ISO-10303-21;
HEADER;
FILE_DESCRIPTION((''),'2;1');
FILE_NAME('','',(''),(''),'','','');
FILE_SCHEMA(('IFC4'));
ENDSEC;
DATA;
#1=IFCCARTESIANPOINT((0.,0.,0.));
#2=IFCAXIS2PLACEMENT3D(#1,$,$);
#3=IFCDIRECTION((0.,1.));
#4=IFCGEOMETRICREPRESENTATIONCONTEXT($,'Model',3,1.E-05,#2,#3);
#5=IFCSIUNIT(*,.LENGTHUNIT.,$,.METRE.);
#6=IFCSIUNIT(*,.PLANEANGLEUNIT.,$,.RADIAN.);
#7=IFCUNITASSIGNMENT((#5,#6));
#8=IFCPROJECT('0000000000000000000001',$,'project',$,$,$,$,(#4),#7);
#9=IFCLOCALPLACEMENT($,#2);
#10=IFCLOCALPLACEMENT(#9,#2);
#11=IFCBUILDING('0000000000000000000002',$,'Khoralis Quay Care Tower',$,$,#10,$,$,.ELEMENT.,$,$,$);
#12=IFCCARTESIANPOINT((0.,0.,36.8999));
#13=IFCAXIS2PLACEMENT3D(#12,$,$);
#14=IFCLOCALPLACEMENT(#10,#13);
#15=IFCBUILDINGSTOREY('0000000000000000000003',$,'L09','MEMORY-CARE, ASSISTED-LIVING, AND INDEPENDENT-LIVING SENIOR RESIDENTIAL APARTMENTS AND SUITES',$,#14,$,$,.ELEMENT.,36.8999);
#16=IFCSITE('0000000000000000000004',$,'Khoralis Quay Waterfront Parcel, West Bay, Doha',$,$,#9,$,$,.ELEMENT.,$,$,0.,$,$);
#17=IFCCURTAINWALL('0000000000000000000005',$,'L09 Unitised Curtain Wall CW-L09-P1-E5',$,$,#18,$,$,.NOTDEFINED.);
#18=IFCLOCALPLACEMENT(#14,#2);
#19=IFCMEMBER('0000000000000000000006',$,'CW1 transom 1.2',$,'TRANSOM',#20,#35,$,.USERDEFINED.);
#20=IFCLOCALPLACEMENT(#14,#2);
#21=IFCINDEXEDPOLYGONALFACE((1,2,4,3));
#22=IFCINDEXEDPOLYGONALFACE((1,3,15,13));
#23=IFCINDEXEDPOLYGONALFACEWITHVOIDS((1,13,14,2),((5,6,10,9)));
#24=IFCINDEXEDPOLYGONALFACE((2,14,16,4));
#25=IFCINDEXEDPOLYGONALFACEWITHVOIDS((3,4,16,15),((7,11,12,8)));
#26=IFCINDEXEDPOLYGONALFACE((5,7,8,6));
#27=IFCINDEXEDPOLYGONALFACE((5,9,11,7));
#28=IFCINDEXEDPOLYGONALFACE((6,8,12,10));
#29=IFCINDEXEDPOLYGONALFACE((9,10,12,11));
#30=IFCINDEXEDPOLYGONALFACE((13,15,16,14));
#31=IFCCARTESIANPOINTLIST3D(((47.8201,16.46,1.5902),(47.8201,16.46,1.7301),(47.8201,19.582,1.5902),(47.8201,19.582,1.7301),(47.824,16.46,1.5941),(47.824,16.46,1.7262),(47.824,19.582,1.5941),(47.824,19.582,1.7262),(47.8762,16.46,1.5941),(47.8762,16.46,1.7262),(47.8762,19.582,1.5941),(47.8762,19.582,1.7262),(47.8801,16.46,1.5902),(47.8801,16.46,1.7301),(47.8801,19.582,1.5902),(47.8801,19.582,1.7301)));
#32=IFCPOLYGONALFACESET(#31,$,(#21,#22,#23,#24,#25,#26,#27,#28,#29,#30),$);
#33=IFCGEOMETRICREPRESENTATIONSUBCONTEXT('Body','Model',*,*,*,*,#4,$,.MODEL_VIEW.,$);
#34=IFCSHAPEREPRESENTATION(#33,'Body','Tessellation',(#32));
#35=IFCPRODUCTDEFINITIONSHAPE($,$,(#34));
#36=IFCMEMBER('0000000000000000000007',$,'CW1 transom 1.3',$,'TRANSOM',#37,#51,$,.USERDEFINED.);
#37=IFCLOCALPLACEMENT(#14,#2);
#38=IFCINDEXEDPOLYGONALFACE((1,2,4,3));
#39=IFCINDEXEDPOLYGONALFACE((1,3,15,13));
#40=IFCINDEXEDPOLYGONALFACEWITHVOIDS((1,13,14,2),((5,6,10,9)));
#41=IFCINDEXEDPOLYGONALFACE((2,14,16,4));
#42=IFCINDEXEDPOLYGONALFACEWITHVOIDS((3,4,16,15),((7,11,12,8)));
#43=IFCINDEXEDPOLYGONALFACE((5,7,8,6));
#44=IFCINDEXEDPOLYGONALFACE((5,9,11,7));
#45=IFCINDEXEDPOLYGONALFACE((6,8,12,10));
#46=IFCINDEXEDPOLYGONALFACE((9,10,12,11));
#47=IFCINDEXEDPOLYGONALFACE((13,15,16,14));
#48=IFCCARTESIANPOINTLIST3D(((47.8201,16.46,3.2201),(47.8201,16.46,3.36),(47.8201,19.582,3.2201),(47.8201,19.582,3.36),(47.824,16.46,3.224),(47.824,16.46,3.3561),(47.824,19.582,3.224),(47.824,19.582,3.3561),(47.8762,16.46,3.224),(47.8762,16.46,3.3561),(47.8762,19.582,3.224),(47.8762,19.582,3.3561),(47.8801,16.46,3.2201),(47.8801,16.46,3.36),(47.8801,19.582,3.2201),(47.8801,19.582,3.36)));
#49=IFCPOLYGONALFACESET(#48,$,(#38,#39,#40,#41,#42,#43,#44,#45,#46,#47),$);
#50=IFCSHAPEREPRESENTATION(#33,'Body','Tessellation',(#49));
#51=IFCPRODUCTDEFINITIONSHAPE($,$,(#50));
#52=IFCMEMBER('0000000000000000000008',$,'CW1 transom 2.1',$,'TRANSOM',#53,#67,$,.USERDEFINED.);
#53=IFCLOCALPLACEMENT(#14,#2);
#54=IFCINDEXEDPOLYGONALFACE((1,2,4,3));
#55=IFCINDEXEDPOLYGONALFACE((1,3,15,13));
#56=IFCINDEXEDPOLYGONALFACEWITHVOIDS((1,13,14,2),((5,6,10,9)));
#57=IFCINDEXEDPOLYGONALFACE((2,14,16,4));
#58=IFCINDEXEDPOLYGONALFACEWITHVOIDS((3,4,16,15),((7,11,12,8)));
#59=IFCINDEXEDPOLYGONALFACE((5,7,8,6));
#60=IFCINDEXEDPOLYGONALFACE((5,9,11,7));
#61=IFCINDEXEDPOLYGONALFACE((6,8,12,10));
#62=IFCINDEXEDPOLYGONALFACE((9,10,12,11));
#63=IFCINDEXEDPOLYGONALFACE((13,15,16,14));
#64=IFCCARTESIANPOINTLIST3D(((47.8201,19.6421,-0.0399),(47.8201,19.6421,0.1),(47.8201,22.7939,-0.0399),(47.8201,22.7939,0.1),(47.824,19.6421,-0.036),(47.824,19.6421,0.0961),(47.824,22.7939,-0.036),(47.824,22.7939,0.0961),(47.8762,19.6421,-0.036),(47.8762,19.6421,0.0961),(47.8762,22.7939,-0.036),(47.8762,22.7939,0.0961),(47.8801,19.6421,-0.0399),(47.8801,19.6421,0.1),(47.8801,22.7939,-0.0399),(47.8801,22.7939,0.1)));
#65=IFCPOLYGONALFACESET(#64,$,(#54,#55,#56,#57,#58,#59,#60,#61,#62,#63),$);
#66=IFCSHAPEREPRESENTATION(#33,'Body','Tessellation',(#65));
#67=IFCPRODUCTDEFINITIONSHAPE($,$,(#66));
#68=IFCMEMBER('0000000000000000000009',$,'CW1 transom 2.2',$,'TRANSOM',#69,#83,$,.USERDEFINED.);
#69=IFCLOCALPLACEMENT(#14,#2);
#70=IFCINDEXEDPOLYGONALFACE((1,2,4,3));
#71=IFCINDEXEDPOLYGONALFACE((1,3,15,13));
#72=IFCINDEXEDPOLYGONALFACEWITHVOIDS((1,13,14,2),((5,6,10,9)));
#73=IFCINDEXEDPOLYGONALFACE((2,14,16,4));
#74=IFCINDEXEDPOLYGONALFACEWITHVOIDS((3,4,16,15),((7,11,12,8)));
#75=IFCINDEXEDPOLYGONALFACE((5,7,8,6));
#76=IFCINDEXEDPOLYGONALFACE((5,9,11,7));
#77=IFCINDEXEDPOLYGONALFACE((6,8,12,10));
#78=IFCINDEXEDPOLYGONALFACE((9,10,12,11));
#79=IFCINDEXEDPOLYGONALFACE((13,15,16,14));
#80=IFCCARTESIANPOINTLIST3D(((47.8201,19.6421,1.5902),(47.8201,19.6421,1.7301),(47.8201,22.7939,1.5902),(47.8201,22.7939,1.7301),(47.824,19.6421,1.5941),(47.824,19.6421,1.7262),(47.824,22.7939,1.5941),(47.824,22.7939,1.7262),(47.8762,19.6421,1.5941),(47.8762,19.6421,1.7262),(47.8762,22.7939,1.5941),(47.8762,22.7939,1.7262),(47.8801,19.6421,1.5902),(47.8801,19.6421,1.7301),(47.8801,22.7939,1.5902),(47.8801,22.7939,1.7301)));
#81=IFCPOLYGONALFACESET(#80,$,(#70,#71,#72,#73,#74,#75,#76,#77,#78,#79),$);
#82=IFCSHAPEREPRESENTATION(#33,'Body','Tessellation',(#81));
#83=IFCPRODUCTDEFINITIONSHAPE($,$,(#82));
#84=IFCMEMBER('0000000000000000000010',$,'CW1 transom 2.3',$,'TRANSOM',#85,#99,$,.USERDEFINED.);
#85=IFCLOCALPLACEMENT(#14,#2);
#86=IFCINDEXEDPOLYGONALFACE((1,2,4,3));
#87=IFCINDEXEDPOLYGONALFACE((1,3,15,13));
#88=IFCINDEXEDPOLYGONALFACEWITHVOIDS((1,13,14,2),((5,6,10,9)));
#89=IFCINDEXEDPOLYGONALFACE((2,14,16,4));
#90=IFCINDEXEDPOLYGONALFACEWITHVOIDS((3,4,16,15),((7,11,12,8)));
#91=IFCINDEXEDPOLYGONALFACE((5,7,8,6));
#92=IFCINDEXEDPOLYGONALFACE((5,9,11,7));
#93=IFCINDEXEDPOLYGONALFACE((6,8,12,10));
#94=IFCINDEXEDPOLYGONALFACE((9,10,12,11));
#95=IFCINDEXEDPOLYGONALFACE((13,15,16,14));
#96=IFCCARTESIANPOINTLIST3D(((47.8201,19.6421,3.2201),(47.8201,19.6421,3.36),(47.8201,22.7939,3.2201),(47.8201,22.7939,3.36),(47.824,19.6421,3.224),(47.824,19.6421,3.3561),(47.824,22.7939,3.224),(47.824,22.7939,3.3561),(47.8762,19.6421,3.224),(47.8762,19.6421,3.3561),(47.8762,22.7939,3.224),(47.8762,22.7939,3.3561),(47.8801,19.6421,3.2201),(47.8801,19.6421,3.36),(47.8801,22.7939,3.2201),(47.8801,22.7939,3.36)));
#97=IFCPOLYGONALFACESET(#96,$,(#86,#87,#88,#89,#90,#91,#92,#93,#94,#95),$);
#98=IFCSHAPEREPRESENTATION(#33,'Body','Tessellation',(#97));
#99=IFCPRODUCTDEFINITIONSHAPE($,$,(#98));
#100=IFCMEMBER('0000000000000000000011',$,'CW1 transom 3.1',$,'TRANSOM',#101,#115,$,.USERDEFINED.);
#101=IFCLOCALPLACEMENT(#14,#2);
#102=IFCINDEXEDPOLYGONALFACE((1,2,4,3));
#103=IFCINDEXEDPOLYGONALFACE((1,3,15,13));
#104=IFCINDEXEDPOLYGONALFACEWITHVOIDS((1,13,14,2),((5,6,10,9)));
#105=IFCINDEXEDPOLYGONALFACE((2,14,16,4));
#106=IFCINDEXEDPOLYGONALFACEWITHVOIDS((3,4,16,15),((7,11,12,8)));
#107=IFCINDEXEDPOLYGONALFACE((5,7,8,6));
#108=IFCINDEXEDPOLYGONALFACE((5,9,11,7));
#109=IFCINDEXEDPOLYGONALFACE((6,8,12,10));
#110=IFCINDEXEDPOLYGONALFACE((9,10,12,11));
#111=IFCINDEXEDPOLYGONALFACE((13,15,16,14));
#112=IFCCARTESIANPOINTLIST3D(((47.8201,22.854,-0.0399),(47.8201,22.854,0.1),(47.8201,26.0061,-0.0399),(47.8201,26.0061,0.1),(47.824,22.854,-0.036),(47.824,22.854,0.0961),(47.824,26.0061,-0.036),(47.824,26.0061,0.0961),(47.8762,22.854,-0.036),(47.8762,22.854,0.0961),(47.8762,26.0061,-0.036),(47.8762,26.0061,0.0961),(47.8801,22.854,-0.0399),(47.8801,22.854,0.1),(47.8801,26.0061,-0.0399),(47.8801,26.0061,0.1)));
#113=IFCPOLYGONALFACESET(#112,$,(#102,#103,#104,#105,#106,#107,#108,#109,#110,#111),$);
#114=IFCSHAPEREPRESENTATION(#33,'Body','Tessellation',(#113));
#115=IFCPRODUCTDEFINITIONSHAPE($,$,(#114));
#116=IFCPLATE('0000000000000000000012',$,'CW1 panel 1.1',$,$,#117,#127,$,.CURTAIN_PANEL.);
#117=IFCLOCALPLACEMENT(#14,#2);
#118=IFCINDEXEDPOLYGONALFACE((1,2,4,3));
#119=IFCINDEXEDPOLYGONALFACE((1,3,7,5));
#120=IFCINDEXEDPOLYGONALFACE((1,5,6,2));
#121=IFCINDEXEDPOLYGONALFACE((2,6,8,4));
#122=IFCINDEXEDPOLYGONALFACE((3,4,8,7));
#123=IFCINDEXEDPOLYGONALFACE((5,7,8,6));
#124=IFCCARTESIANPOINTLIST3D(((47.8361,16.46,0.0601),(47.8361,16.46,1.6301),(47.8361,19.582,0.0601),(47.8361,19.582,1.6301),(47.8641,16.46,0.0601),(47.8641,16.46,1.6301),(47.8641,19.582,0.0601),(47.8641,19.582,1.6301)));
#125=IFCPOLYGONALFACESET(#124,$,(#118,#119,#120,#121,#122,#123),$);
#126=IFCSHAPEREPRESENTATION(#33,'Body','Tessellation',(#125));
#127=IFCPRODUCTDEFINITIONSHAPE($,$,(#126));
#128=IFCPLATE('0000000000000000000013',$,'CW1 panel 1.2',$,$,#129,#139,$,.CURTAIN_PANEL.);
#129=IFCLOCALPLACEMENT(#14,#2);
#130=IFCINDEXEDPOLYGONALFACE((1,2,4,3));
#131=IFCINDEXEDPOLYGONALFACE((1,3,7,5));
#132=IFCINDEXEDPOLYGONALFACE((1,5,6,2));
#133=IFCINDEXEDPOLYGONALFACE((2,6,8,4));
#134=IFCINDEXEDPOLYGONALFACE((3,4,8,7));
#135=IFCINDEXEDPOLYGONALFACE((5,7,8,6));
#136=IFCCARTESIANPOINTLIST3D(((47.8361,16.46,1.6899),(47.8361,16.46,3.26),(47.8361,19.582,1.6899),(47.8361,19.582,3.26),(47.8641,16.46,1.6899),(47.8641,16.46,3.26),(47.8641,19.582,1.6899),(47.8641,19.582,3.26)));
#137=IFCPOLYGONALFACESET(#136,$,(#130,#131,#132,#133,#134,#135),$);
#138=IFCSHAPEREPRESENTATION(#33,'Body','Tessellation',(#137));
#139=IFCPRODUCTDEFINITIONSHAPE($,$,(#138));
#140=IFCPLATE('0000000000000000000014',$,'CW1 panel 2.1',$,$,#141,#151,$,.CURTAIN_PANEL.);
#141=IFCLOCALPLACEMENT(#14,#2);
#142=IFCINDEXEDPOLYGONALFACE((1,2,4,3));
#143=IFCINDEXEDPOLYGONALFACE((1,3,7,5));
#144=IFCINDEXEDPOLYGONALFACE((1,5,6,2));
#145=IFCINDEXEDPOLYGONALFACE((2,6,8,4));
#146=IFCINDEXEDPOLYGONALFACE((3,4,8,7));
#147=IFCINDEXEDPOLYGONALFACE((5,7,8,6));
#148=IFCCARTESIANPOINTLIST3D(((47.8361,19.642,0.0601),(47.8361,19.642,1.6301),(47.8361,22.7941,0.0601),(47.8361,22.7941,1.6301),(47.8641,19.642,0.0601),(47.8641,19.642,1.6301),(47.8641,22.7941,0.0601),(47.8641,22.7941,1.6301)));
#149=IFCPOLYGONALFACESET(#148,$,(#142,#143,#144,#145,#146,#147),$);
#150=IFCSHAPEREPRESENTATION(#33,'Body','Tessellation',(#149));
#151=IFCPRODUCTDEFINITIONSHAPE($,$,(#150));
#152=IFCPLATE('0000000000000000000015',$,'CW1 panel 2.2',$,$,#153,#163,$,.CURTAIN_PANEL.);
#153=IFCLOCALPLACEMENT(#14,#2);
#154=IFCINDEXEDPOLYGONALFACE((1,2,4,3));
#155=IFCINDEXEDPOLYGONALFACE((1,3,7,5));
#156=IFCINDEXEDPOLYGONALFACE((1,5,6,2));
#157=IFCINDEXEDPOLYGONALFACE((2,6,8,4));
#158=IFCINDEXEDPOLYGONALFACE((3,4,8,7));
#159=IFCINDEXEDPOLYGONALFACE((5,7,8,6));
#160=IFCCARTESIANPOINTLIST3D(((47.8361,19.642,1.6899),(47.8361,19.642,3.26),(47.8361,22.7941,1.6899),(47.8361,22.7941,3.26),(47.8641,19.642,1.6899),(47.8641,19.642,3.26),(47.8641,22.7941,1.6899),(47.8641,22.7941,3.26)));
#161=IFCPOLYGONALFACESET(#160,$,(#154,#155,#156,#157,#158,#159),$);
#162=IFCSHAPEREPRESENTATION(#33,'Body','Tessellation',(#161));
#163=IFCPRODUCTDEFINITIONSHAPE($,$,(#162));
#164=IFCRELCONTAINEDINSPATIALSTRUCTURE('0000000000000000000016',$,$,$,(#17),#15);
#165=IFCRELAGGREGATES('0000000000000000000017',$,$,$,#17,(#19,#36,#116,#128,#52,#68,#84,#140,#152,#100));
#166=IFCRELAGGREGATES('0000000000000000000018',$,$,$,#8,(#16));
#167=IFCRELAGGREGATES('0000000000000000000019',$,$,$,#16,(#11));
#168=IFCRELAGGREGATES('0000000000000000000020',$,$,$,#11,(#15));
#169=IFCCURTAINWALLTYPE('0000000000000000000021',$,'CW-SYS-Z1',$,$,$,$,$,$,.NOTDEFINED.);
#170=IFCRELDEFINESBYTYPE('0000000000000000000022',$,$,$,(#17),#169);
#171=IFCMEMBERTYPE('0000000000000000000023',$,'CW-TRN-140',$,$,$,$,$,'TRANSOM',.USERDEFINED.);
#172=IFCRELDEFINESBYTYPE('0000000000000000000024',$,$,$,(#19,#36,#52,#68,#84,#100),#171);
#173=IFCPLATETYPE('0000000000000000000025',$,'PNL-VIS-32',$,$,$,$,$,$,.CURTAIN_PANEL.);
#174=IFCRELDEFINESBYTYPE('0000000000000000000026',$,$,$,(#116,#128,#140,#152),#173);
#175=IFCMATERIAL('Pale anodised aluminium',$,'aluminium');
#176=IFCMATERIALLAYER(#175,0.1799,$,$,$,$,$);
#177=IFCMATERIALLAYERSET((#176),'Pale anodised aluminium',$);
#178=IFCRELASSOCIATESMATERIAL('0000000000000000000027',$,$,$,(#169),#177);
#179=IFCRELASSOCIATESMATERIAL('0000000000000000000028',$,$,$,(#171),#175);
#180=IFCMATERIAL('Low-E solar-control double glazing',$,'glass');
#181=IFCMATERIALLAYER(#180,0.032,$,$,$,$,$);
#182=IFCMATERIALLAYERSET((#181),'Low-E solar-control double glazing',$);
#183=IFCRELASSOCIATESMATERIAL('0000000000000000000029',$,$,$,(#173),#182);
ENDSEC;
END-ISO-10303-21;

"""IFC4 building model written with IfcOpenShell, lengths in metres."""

from ifc_helpers import new_model, si_unit, direction, frame, origin, origin_2d, place, context, subcontext, project, spatial, rectangle, hollow_rectangle, extrude, source, transform, mapped, material, layer, layer_set, material_profile, profile_set, type_object, element, aggregate, save


model = new_model("IFC4")

# Units and contexts
model_context = context("Model", 3, precision=1e-05, world=origin(), true_north=direction((0.0, 1.0)))
body_context = subcontext(model_context, "Body", "Model", "MODEL_VIEW")
ifc_project = project(units=[si_unit("LENGTHUNIT", "METRE"), si_unit("PLANEANGLEUNIT", "RADIAN")], contexts=[model_context])

# Site, building, storey
site_placement = place(None, origin())
site = spatial("IfcSite", under=ifc_project, at=site_placement, Name="Khoralis Quay Waterfront Parcel, West Bay, Doha", CompositionType="ELEMENT", RefElevation=0.0)
building_placement = place(site_placement, origin())
building = spatial("IfcBuilding", under=site, at=building_placement, Name="Khoralis Quay Care Tower", CompositionType="ELEMENT")
storey_placement = place(building_placement, frame((0.0, 0.0, 36.8999)))
storey = spatial("IfcBuildingStorey", under=building, at=storey_placement, Name="L09", Description="MEMORY-CARE, ASSISTED-LIVING, AND INDEPENDENT-LIVING SENIOR RESIDENTIAL APARTMENTS AND SUITES", CompositionType="ELEMENT", Elevation=36.8999)

# Curtain wall, members, plates
ifc_material_1 = material(Name="Pale anodised aluminium", Category="aluminium")
ifc_layer_1 = layer(ifc_material_1, 0.1799)
ifc_layer_set_1 = layer_set([ifc_layer_1], Name="Pale anodised aluminium")
curtain_wall_type = type_object("IfcCurtainWallType", Name="CW-SYS-Z1", PredefinedType="NOTDEFINED", material=ifc_layer_set_1)
curtain_wall_placement = place(storey_placement, origin())
curtain_wall = element("IfcCurtainWall", 1, at=curtain_wall_placement, inside=storey, type_object=curtain_wall_type, Name="L09 Unitised Curtain Wall CW-L09-P1-E5", PredefinedType="NOTDEFINED")
ifc_material_profile_1 = material_profile(ifc_material_1, hollow_rectangle(XDim=0.0601, YDim=0.1399, WallThickness=0.0039, at=origin_2d()), Name="Pale anodised aluminium")
ifc_profile_set_1 = profile_set([ifc_material_profile_1], Name="Pale anodised aluminium")
member_type_1 = type_object("IfcMemberType", Name="CW-TRN-140", ElementType="TRANSOM", PredefinedType="USERDEFINED", material=ifc_profile_set_1)
shared_shape_1 = source(origin(), body_context, "Body", "SweptSolid", [
    extrude(hollow_rectangle(XDim=0.0601, YDim=0.1399, WallThickness=0.0039, at=origin_2d()), origin(), (0.0, 0.0, 1.0), 3.1221),
])
member_1_placement = place(storey_placement, frame((47.8501, 16.46, 1.6602), z_axis=(0.0, 1.0, 0.0), x_axis=(-1.0, 0.0, 0.0)))
member_1 = element("IfcMember", 2, at=member_1_placement, type_object=member_type_1, Name="CW1 transom 1.2", ObjectType="TRANSOM", PredefinedType="USERDEFINED", context=body_context, shape_type="MappedRepresentation", body=[
    mapped(shared_shape_1, transform((0.0, 0.0, 0.0), scale=1.0)),
])
member_2_placement = place(storey_placement, frame((47.8501, 16.46, 3.29), z_axis=(0.0, 1.0, 0.0), x_axis=(-1.0, 0.0, 0.0)))
member_2 = element("IfcMember", 3, at=member_2_placement, type_object=member_type_1, Name="CW1 transom 1.3", ObjectType="TRANSOM", PredefinedType="USERDEFINED", context=body_context, shape_type="MappedRepresentation", body=[
    mapped(shared_shape_1, transform((0.0, 0.0, 0.0), scale=1.0)),
])
shared_shape_2 = source(origin(), body_context, "Body", "SweptSolid", [
    extrude(hollow_rectangle(XDim=0.0601, YDim=0.1399, WallThickness=0.0039, at=origin_2d()), origin(), (0.0, 0.0, 1.0), 3.1519),
])
member_3_placement = place(storey_placement, frame((47.8501, 19.6421, 0.03), z_axis=(0.0, 1.0, 0.0), x_axis=(-1.0, 0.0, 0.0)))
member_3 = element("IfcMember", 4, at=member_3_placement, type_object=member_type_1, Name="CW1 transom 2.1", ObjectType="TRANSOM", PredefinedType="USERDEFINED", context=body_context, shape_type="MappedRepresentation", body=[
    mapped(shared_shape_2, transform((0.0, 0.0, 0.0), scale=1.0)),
])
member_4_placement = place(storey_placement, frame((47.8501, 19.6421, 1.6602), z_axis=(0.0, 1.0, 0.0), x_axis=(-1.0, 0.0, 0.0)))
member_4 = element("IfcMember", 5, at=member_4_placement, type_object=member_type_1, Name="CW1 transom 2.2", ObjectType="TRANSOM", PredefinedType="USERDEFINED", context=body_context, shape_type="MappedRepresentation", body=[
    mapped(shared_shape_2, transform((0.0, 0.0, 0.0), scale=1.0)),
])
member_5_placement = place(storey_placement, frame((47.8501, 19.6421, 3.29), z_axis=(0.0, 1.0, 0.0), x_axis=(-1.0, 0.0, 0.0)))
member_5 = element("IfcMember", 6, at=member_5_placement, type_object=member_type_1, Name="CW1 transom 2.3", ObjectType="TRANSOM", PredefinedType="USERDEFINED", context=body_context, shape_type="MappedRepresentation", body=[
    mapped(shared_shape_2, transform((0.0, 0.0, 0.0), scale=1.0)),
])
shared_shape_3 = source(origin(), body_context, "Body", "SweptSolid", [
    extrude(hollow_rectangle(XDim=0.0601, YDim=0.1399, WallThickness=0.0039, at=origin_2d()), origin(), (0.0, 0.0, 1.0), 3.1521),
])
member_6_placement = place(storey_placement, frame((47.8501, 22.854, 0.03), z_axis=(0.0, 1.0, 0.0), x_axis=(-1.0, 0.0, 0.0)))
member_6 = element("IfcMember", 7, at=member_6_placement, type_object=member_type_1, Name="CW1 transom 3.1", ObjectType="TRANSOM", PredefinedType="USERDEFINED", context=body_context, shape_type="MappedRepresentation", body=[
    mapped(shared_shape_3, transform((0.0, 0.0, 0.0), scale=1.0)),
])
ifc_material_2 = material(Name="Low-E solar-control double glazing", Category="glass")
ifc_layer_2 = layer(ifc_material_2, 0.032)
ifc_layer_set_2 = layer_set([ifc_layer_2], Name="Low-E solar-control double glazing")
plate_type = type_object("IfcPlateType", Name="PNL-VIS-32", PredefinedType="CURTAIN_PANEL", material=ifc_layer_set_2)
shared_shape_4 = source(origin(), body_context, "Body", "SweptSolid", [
    extrude(rectangle(XDim=3.1221, YDim=0.0281, at=origin_2d()), origin(), (0.0, 0.0, 1.0), 1.5701),
])
plate_1_placement = place(storey_placement, frame((47.8501, 18.021, 0.0601), z_axis=(0.0, 0.0, 1.0), x_axis=(0.0, 1.0, 0.0)))
plate_1 = element("IfcPlate", 8, at=plate_1_placement, type_object=plate_type, Name="CW1 panel 1.1", PredefinedType="CURTAIN_PANEL", context=body_context, shape_type="MappedRepresentation", body=[
    mapped(shared_shape_4, transform((0.0, 0.0, 0.0), scale=1.0)),
])
plate_2_placement = place(storey_placement, frame((47.8501, 18.021, 1.6899), z_axis=(0.0, 0.0, 1.0), x_axis=(0.0, 1.0, 0.0)))
plate_2 = element("IfcPlate", 9, at=plate_2_placement, type_object=plate_type, Name="CW1 panel 1.2", PredefinedType="CURTAIN_PANEL", context=body_context, shape_type="MappedRepresentation", body=[
    mapped(shared_shape_4, transform((0.0, 0.0, 0.0), scale=1.0)),
])
shared_shape_5 = source(origin(), body_context, "Body", "SweptSolid", [
    extrude(rectangle(XDim=3.1521, YDim=0.0281, at=origin_2d()), origin(), (0.0, 0.0, 1.0), 1.5701),
])
plate_3_placement = place(storey_placement, frame((47.8501, 21.218, 0.0601), z_axis=(0.0, 0.0, 1.0), x_axis=(0.0, 1.0, 0.0)))
plate_3 = element("IfcPlate", 10, at=plate_3_placement, type_object=plate_type, Name="CW1 panel 2.1", PredefinedType="CURTAIN_PANEL", context=body_context, shape_type="MappedRepresentation", body=[
    mapped(shared_shape_5, transform((0.0, 0.0, 0.0), scale=1.0)),
])
plate_4_placement = place(storey_placement, frame((47.8501, 21.218, 1.6899), z_axis=(0.0, 0.0, 1.0), x_axis=(0.0, 1.0, 0.0)))
plate_4 = element("IfcPlate", 11, at=plate_4_placement, type_object=plate_type, Name="CW1 panel 2.2", PredefinedType="CURTAIN_PANEL", context=body_context, shape_type="MappedRepresentation", body=[
    mapped(shared_shape_5, transform((0.0, 0.0, 0.0), scale=1.0)),
])
aggregate(curtain_wall, [member_1, member_2, plate_1, plate_2, member_3, member_4, member_5, plate_3, plate_4, member_6])

save(model, "model.ifc")
